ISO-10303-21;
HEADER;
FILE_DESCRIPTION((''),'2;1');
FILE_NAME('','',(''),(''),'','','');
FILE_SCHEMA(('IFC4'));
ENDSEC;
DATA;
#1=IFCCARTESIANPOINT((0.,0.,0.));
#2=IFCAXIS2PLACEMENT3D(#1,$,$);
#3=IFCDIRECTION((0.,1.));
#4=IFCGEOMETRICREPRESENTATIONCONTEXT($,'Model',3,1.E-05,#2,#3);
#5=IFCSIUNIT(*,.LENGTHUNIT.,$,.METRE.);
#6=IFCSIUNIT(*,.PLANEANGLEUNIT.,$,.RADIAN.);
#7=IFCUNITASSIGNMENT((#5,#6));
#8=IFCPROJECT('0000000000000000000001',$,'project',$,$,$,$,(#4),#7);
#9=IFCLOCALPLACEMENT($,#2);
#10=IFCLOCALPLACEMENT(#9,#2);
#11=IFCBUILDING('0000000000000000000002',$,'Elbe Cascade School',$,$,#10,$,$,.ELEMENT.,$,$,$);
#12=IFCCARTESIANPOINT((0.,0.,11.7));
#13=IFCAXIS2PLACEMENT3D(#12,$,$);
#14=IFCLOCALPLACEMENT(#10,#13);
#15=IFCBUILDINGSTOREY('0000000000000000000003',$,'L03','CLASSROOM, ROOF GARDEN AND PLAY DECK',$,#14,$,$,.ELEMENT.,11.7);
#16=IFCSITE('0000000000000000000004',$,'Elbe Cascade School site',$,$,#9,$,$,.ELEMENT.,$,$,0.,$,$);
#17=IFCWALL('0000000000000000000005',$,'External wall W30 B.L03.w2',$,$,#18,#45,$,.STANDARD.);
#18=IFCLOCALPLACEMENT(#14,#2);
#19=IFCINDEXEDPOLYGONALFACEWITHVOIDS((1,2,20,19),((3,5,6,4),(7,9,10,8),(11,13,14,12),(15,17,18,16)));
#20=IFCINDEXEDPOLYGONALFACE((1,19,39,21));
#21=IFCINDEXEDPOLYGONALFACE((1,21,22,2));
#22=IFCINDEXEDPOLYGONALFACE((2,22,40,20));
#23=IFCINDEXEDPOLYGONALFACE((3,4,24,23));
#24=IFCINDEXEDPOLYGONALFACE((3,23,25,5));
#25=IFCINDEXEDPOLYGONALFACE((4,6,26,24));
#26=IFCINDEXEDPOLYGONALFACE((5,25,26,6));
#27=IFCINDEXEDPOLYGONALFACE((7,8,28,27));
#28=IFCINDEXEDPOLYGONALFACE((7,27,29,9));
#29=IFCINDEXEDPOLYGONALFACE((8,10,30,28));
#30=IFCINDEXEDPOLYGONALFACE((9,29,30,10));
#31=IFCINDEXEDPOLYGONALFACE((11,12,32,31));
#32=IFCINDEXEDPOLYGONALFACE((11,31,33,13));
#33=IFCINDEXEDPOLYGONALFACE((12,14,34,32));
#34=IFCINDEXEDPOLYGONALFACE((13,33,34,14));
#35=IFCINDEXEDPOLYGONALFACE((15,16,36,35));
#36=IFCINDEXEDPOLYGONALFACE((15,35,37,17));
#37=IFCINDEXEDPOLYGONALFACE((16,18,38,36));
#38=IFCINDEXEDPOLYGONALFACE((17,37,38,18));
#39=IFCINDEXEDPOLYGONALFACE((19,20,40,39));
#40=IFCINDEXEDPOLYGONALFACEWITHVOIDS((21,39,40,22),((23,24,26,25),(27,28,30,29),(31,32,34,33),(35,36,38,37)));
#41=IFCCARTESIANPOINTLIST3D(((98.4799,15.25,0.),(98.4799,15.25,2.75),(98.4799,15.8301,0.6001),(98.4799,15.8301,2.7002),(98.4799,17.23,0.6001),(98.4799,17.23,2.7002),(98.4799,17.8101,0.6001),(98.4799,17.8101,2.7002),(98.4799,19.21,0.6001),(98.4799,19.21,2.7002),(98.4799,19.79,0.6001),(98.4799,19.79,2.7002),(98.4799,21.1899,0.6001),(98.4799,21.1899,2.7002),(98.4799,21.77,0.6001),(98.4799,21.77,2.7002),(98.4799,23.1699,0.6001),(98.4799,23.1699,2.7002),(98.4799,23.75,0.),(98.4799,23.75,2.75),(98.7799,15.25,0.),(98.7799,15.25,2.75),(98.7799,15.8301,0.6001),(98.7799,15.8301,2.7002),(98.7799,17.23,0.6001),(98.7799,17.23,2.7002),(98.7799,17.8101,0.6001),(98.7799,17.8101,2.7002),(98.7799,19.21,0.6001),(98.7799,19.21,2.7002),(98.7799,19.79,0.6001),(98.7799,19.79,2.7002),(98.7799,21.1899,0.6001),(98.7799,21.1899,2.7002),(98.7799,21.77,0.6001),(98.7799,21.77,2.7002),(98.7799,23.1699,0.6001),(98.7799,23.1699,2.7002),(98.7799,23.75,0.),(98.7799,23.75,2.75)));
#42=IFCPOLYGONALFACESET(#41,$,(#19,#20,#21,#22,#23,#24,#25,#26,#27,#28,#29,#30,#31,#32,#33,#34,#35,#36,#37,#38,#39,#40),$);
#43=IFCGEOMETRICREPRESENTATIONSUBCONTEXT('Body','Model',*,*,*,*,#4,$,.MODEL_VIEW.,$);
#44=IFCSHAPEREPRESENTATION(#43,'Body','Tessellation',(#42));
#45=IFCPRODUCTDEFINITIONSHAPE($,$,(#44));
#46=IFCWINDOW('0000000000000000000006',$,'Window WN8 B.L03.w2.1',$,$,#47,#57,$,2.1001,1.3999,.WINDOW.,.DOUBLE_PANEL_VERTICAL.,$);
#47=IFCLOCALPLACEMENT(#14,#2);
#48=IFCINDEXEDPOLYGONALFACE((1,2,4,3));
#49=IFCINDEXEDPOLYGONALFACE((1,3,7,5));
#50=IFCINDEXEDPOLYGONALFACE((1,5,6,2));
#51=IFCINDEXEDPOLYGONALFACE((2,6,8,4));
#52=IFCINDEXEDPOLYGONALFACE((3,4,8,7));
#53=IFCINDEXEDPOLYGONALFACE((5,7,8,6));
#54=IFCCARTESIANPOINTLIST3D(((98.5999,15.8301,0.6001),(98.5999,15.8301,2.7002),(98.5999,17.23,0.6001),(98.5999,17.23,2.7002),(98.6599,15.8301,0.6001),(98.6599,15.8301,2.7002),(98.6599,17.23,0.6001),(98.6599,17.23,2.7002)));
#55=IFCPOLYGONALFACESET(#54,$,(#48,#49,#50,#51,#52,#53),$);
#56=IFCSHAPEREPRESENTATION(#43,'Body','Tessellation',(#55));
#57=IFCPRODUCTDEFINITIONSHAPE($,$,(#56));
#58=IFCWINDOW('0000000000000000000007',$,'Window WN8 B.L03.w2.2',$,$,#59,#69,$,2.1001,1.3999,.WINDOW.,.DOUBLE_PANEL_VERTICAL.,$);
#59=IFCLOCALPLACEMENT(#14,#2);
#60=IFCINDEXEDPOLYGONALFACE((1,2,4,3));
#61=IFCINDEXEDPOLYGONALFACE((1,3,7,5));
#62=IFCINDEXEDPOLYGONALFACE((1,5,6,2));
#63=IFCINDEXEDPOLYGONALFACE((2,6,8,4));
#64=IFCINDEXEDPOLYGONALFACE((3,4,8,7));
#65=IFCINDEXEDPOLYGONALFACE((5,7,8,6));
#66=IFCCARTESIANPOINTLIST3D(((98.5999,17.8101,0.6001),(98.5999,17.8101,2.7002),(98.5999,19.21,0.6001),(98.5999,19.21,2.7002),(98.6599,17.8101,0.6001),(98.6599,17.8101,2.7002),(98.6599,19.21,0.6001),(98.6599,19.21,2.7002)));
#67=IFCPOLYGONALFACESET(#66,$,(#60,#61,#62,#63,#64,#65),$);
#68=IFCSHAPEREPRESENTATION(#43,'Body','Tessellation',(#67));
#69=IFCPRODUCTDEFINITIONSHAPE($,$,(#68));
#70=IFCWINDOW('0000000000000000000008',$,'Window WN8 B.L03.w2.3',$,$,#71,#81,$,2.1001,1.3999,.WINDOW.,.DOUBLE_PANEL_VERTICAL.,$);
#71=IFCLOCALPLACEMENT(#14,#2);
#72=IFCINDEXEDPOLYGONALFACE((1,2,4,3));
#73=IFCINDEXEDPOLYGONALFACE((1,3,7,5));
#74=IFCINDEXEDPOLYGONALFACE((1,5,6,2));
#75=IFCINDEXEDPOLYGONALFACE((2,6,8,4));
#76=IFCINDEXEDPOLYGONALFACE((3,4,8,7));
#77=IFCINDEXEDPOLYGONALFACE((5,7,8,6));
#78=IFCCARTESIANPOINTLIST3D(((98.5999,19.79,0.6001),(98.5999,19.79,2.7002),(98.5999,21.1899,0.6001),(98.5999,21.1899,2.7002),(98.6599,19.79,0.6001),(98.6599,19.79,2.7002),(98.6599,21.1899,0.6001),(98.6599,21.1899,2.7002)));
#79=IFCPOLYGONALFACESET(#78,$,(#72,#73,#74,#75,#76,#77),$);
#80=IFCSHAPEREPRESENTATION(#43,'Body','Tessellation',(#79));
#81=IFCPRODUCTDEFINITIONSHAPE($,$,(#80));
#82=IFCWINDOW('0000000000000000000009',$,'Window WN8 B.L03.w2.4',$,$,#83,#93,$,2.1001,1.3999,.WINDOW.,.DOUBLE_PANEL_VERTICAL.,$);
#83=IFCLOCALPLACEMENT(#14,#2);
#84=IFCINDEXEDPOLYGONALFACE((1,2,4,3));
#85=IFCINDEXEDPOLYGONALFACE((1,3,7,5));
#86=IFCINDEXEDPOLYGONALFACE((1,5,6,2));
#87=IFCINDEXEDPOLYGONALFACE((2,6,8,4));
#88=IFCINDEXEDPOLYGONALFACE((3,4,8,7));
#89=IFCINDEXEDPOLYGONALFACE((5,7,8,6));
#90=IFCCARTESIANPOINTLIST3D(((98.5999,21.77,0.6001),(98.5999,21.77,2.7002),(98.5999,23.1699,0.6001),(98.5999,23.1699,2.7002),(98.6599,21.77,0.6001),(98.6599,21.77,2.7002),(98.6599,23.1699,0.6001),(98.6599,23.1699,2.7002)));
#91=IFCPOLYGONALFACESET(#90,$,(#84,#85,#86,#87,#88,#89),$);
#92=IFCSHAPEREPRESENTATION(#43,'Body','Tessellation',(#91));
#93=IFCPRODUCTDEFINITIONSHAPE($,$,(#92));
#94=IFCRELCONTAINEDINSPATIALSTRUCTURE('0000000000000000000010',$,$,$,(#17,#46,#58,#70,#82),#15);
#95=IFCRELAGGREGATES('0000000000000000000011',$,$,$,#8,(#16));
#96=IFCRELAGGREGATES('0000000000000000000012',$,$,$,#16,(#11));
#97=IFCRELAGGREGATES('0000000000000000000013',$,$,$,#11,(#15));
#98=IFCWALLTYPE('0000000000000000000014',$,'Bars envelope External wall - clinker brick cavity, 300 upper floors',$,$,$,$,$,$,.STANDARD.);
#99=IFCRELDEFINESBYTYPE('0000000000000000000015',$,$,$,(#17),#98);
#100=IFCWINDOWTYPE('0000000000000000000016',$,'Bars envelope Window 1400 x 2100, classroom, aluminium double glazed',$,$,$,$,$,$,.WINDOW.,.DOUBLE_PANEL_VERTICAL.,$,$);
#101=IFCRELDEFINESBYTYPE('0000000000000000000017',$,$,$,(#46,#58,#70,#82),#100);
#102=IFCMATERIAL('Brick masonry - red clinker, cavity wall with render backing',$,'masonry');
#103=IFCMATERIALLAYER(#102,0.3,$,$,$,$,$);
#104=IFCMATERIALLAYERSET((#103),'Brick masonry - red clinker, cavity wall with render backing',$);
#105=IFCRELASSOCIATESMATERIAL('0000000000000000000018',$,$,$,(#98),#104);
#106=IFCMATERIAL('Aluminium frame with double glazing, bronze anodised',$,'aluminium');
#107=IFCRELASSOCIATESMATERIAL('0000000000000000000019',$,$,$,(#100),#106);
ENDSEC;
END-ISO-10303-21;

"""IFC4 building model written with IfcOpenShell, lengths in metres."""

from ifc_helpers import new_model, si_unit, direction, frame, frame_2d, origin, place, context, subcontext, project, spatial, rectangle, extrude, material, layer, layer_set, type_object, element, fill, save


model = new_model("IFC4")

# Units and contexts
model_context = context("Model", 3, precision=1e-05, world=origin(), true_north=direction((0.0, 1.0)))
body_context = subcontext(model_context, "Body", "Model", "MODEL_VIEW")
ifc_project = project(units=[si_unit("LENGTHUNIT", "METRE"), si_unit("PLANEANGLEUNIT", "RADIAN")], contexts=[model_context])

# Site, building, storey
site_placement = place(None, origin())
site = spatial("IfcSite", under=ifc_project, at=site_placement, Name="Elbe Cascade School site", CompositionType="ELEMENT", RefElevation=0.0)
building_placement = place(site_placement, origin())
building = spatial("IfcBuilding", under=site, at=building_placement, Name="Elbe Cascade School", CompositionType="ELEMENT")
storey_placement = place(building_placement, frame((0.0, 0.0, 11.7)))
storey = spatial("IfcBuildingStorey", under=building, at=storey_placement, Name="L03", Description="CLASSROOM, ROOF GARDEN AND PLAY DECK", CompositionType="ELEMENT", Elevation=11.7)

# Wall, openings, windows
ifc_material_1 = material(Name="Brick masonry - red clinker, cavity wall with render backing", Category="masonry")
ifc_layer_1 = layer(ifc_material_1, 0.3)
ifc_layer_set_1 = layer_set([ifc_layer_1], Name="Brick masonry - red clinker, cavity wall with render backing")
wall_type_1 = type_object("IfcWallType", Name="Bars envelope External wall - clinker brick cavity, 300 upper floors", PredefinedType="STANDARD", material=ifc_layer_set_1)
wall_1_placement = place(storey_placement, frame((98.6299, 15.25, 0.0), z_axis=(0.0, 0.0, 1.0), x_axis=(0.0, 1.0, 0.0)))
wall_1 = element("IfcWall", 1, at=wall_1_placement, inside=storey, type_object=wall_type_1, Name="External wall W30 B.L03.w2", PredefinedType="STANDARD", context=body_context, shape_type="SweptSolid", body=[
    extrude(rectangle(XDim=8.5, YDim=0.3, at=frame_2d((4.25, 0.0))), origin(), (0.0, 0.0, 1.0), 2.75),
])
opening_1_placement = place(wall_1_placement, frame((0.5801, 0.0, 0.6001)))
opening_1 = element("IfcOpeningElement", 2, at=opening_1_placement, cuts=wall_1, PredefinedType="OPENING", context=body_context, shape_type="SweptSolid", body=[
    extrude(rectangle(XDim=1.3999, YDim=2.1001, at=frame_2d((0.7, 1.05))), frame((0.0, 0.1599, 0.0), z_axis=(0.0, -1.0, 0.0), x_axis=(1.0, 0.0, 0.0)), (0.0, 0.0, 1.0), 0.3201),
])
opening_2_placement = place(wall_1_placement, frame((2.5601, 0.0, 0.6001)))
opening_2 = element("IfcOpeningElement", 3, at=opening_2_placement, cuts=wall_1, PredefinedType="OPENING", context=body_context, shape_type="SweptSolid", body=[
    extrude(rectangle(XDim=1.3999, YDim=2.1001, at=frame_2d((0.7, 1.05))), frame((0.0, 0.1599, 0.0), z_axis=(0.0, -1.0, 0.0), x_axis=(1.0, 0.0, 0.0)), (0.0, 0.0, 1.0), 0.3201),
])
opening_3_placement = place(wall_1_placement, frame((4.54, 0.0, 0.6001)))
opening_3 = element("IfcOpeningElement", 4, at=opening_3_placement, cuts=wall_1, PredefinedType="OPENING", context=body_context, shape_type="SweptSolid", body=[
    extrude(rectangle(XDim=1.3999, YDim=2.1001, at=frame_2d((0.7, 1.05))), frame((0.0, 0.1599, 0.0), z_axis=(0.0, -1.0, 0.0), x_axis=(1.0, 0.0, 0.0)), (0.0, 0.0, 1.0), 0.3201),
])
opening_4_placement = place(wall_1_placement, frame((6.52, 0.0, 0.6001)))
opening_4 = element("IfcOpeningElement", 5, at=opening_4_placement, cuts=wall_1, PredefinedType="OPENING", context=body_context, shape_type="SweptSolid", body=[
    extrude(rectangle(XDim=1.3999, YDim=2.1001, at=frame_2d((0.7, 1.05))), frame((0.0, 0.1599, 0.0), z_axis=(0.0, -1.0, 0.0), x_axis=(1.0, 0.0, 0.0)), (0.0, 0.0, 1.0), 0.3201),
])
ifc_material_2 = material(Name="Aluminium frame with double glazing, bronze anodised", Category="aluminium")
window_type = type_object("IfcWindowType", Name="Bars envelope Window 1400 x 2100, classroom, aluminium double glazed", PartitioningType="DOUBLE_PANEL_VERTICAL", PredefinedType="WINDOW", material=ifc_material_2)
window_1_placement = place(opening_1_placement, origin())
window_1 = element("IfcWindow", 6, at=window_1_placement, inside=storey, type_object=window_type, Name="Window WN8 B.L03.w2.1", OverallHeight=2.1001, OverallWidth=1.3999, PartitioningType="DOUBLE_PANEL_VERTICAL", PredefinedType="WINDOW", context=body_context, shape_type="SweptSolid", body=[
    extrude(rectangle(XDim=1.3999, YDim=2.1001, at=frame_2d((0.7, 1.05))), frame((0.0, 0.03, 0.0), z_axis=(0.0, -1.0, 0.0), x_axis=(1.0, 0.0, 0.0)), (0.0, 0.0, 1.0), 0.0601),
])
fill(opening_1, window_1)
window_2_placement = place(opening_2_placement, origin())
window_2 = element("IfcWindow", 7, at=window_2_placement, inside=storey, type_object=window_type, Name="Window WN8 B.L03.w2.2", OverallHeight=2.1001, OverallWidth=1.3999, PartitioningType="DOUBLE_PANEL_VERTICAL", PredefinedType="WINDOW", context=body_context, shape_type="SweptSolid", body=[
    extrude(rectangle(XDim=1.3999, YDim=2.1001, at=frame_2d((0.7, 1.05))), frame((0.0, 0.03, 0.0), z_axis=(0.0, -1.0, 0.0), x_axis=(1.0, 0.0, 0.0)), (0.0, 0.0, 1.0), 0.0601),
])
fill(opening_2, window_2)
window_3_placement = place(opening_3_placement, origin())
window_3 = element("IfcWindow", 8, at=window_3_placement, inside=storey, type_object=window_type, Name="Window WN8 B.L03.w2.3", OverallHeight=2.1001, OverallWidth=1.3999, PartitioningType="DOUBLE_PANEL_VERTICAL", PredefinedType="WINDOW", context=body_context, shape_type="SweptSolid", body=[
    extrude(rectangle(XDim=1.3999, YDim=2.1001, at=frame_2d((0.7, 1.05))), frame((0.0, 0.03, 0.0), z_axis=(0.0, -1.0, 0.0), x_axis=(1.0, 0.0, 0.0)), (0.0, 0.0, 1.0), 0.0601),
])
fill(opening_3, window_3)
window_4_placement = place(opening_4_placement, origin())
window_4 = element("IfcWindow", 9, at=window_4_placement, inside=storey, type_object=window_type, Name="Window WN8 B.L03.w2.4", OverallHeight=2.1001, OverallWidth=1.3999, PartitioningType="DOUBLE_PANEL_VERTICAL", PredefinedType="WINDOW", context=body_context, shape_type="SweptSolid", body=[
    extrude(rectangle(XDim=1.3999, YDim=2.1001, at=frame_2d((0.7, 1.05))), frame((0.0, 0.03, 0.0), z_axis=(0.0, -1.0, 0.0), x_axis=(1.0, 0.0, 0.0)), (0.0, 0.0, 1.0), 0.0601),
])
fill(opening_4, window_4)

save(model, "model.ifc")
